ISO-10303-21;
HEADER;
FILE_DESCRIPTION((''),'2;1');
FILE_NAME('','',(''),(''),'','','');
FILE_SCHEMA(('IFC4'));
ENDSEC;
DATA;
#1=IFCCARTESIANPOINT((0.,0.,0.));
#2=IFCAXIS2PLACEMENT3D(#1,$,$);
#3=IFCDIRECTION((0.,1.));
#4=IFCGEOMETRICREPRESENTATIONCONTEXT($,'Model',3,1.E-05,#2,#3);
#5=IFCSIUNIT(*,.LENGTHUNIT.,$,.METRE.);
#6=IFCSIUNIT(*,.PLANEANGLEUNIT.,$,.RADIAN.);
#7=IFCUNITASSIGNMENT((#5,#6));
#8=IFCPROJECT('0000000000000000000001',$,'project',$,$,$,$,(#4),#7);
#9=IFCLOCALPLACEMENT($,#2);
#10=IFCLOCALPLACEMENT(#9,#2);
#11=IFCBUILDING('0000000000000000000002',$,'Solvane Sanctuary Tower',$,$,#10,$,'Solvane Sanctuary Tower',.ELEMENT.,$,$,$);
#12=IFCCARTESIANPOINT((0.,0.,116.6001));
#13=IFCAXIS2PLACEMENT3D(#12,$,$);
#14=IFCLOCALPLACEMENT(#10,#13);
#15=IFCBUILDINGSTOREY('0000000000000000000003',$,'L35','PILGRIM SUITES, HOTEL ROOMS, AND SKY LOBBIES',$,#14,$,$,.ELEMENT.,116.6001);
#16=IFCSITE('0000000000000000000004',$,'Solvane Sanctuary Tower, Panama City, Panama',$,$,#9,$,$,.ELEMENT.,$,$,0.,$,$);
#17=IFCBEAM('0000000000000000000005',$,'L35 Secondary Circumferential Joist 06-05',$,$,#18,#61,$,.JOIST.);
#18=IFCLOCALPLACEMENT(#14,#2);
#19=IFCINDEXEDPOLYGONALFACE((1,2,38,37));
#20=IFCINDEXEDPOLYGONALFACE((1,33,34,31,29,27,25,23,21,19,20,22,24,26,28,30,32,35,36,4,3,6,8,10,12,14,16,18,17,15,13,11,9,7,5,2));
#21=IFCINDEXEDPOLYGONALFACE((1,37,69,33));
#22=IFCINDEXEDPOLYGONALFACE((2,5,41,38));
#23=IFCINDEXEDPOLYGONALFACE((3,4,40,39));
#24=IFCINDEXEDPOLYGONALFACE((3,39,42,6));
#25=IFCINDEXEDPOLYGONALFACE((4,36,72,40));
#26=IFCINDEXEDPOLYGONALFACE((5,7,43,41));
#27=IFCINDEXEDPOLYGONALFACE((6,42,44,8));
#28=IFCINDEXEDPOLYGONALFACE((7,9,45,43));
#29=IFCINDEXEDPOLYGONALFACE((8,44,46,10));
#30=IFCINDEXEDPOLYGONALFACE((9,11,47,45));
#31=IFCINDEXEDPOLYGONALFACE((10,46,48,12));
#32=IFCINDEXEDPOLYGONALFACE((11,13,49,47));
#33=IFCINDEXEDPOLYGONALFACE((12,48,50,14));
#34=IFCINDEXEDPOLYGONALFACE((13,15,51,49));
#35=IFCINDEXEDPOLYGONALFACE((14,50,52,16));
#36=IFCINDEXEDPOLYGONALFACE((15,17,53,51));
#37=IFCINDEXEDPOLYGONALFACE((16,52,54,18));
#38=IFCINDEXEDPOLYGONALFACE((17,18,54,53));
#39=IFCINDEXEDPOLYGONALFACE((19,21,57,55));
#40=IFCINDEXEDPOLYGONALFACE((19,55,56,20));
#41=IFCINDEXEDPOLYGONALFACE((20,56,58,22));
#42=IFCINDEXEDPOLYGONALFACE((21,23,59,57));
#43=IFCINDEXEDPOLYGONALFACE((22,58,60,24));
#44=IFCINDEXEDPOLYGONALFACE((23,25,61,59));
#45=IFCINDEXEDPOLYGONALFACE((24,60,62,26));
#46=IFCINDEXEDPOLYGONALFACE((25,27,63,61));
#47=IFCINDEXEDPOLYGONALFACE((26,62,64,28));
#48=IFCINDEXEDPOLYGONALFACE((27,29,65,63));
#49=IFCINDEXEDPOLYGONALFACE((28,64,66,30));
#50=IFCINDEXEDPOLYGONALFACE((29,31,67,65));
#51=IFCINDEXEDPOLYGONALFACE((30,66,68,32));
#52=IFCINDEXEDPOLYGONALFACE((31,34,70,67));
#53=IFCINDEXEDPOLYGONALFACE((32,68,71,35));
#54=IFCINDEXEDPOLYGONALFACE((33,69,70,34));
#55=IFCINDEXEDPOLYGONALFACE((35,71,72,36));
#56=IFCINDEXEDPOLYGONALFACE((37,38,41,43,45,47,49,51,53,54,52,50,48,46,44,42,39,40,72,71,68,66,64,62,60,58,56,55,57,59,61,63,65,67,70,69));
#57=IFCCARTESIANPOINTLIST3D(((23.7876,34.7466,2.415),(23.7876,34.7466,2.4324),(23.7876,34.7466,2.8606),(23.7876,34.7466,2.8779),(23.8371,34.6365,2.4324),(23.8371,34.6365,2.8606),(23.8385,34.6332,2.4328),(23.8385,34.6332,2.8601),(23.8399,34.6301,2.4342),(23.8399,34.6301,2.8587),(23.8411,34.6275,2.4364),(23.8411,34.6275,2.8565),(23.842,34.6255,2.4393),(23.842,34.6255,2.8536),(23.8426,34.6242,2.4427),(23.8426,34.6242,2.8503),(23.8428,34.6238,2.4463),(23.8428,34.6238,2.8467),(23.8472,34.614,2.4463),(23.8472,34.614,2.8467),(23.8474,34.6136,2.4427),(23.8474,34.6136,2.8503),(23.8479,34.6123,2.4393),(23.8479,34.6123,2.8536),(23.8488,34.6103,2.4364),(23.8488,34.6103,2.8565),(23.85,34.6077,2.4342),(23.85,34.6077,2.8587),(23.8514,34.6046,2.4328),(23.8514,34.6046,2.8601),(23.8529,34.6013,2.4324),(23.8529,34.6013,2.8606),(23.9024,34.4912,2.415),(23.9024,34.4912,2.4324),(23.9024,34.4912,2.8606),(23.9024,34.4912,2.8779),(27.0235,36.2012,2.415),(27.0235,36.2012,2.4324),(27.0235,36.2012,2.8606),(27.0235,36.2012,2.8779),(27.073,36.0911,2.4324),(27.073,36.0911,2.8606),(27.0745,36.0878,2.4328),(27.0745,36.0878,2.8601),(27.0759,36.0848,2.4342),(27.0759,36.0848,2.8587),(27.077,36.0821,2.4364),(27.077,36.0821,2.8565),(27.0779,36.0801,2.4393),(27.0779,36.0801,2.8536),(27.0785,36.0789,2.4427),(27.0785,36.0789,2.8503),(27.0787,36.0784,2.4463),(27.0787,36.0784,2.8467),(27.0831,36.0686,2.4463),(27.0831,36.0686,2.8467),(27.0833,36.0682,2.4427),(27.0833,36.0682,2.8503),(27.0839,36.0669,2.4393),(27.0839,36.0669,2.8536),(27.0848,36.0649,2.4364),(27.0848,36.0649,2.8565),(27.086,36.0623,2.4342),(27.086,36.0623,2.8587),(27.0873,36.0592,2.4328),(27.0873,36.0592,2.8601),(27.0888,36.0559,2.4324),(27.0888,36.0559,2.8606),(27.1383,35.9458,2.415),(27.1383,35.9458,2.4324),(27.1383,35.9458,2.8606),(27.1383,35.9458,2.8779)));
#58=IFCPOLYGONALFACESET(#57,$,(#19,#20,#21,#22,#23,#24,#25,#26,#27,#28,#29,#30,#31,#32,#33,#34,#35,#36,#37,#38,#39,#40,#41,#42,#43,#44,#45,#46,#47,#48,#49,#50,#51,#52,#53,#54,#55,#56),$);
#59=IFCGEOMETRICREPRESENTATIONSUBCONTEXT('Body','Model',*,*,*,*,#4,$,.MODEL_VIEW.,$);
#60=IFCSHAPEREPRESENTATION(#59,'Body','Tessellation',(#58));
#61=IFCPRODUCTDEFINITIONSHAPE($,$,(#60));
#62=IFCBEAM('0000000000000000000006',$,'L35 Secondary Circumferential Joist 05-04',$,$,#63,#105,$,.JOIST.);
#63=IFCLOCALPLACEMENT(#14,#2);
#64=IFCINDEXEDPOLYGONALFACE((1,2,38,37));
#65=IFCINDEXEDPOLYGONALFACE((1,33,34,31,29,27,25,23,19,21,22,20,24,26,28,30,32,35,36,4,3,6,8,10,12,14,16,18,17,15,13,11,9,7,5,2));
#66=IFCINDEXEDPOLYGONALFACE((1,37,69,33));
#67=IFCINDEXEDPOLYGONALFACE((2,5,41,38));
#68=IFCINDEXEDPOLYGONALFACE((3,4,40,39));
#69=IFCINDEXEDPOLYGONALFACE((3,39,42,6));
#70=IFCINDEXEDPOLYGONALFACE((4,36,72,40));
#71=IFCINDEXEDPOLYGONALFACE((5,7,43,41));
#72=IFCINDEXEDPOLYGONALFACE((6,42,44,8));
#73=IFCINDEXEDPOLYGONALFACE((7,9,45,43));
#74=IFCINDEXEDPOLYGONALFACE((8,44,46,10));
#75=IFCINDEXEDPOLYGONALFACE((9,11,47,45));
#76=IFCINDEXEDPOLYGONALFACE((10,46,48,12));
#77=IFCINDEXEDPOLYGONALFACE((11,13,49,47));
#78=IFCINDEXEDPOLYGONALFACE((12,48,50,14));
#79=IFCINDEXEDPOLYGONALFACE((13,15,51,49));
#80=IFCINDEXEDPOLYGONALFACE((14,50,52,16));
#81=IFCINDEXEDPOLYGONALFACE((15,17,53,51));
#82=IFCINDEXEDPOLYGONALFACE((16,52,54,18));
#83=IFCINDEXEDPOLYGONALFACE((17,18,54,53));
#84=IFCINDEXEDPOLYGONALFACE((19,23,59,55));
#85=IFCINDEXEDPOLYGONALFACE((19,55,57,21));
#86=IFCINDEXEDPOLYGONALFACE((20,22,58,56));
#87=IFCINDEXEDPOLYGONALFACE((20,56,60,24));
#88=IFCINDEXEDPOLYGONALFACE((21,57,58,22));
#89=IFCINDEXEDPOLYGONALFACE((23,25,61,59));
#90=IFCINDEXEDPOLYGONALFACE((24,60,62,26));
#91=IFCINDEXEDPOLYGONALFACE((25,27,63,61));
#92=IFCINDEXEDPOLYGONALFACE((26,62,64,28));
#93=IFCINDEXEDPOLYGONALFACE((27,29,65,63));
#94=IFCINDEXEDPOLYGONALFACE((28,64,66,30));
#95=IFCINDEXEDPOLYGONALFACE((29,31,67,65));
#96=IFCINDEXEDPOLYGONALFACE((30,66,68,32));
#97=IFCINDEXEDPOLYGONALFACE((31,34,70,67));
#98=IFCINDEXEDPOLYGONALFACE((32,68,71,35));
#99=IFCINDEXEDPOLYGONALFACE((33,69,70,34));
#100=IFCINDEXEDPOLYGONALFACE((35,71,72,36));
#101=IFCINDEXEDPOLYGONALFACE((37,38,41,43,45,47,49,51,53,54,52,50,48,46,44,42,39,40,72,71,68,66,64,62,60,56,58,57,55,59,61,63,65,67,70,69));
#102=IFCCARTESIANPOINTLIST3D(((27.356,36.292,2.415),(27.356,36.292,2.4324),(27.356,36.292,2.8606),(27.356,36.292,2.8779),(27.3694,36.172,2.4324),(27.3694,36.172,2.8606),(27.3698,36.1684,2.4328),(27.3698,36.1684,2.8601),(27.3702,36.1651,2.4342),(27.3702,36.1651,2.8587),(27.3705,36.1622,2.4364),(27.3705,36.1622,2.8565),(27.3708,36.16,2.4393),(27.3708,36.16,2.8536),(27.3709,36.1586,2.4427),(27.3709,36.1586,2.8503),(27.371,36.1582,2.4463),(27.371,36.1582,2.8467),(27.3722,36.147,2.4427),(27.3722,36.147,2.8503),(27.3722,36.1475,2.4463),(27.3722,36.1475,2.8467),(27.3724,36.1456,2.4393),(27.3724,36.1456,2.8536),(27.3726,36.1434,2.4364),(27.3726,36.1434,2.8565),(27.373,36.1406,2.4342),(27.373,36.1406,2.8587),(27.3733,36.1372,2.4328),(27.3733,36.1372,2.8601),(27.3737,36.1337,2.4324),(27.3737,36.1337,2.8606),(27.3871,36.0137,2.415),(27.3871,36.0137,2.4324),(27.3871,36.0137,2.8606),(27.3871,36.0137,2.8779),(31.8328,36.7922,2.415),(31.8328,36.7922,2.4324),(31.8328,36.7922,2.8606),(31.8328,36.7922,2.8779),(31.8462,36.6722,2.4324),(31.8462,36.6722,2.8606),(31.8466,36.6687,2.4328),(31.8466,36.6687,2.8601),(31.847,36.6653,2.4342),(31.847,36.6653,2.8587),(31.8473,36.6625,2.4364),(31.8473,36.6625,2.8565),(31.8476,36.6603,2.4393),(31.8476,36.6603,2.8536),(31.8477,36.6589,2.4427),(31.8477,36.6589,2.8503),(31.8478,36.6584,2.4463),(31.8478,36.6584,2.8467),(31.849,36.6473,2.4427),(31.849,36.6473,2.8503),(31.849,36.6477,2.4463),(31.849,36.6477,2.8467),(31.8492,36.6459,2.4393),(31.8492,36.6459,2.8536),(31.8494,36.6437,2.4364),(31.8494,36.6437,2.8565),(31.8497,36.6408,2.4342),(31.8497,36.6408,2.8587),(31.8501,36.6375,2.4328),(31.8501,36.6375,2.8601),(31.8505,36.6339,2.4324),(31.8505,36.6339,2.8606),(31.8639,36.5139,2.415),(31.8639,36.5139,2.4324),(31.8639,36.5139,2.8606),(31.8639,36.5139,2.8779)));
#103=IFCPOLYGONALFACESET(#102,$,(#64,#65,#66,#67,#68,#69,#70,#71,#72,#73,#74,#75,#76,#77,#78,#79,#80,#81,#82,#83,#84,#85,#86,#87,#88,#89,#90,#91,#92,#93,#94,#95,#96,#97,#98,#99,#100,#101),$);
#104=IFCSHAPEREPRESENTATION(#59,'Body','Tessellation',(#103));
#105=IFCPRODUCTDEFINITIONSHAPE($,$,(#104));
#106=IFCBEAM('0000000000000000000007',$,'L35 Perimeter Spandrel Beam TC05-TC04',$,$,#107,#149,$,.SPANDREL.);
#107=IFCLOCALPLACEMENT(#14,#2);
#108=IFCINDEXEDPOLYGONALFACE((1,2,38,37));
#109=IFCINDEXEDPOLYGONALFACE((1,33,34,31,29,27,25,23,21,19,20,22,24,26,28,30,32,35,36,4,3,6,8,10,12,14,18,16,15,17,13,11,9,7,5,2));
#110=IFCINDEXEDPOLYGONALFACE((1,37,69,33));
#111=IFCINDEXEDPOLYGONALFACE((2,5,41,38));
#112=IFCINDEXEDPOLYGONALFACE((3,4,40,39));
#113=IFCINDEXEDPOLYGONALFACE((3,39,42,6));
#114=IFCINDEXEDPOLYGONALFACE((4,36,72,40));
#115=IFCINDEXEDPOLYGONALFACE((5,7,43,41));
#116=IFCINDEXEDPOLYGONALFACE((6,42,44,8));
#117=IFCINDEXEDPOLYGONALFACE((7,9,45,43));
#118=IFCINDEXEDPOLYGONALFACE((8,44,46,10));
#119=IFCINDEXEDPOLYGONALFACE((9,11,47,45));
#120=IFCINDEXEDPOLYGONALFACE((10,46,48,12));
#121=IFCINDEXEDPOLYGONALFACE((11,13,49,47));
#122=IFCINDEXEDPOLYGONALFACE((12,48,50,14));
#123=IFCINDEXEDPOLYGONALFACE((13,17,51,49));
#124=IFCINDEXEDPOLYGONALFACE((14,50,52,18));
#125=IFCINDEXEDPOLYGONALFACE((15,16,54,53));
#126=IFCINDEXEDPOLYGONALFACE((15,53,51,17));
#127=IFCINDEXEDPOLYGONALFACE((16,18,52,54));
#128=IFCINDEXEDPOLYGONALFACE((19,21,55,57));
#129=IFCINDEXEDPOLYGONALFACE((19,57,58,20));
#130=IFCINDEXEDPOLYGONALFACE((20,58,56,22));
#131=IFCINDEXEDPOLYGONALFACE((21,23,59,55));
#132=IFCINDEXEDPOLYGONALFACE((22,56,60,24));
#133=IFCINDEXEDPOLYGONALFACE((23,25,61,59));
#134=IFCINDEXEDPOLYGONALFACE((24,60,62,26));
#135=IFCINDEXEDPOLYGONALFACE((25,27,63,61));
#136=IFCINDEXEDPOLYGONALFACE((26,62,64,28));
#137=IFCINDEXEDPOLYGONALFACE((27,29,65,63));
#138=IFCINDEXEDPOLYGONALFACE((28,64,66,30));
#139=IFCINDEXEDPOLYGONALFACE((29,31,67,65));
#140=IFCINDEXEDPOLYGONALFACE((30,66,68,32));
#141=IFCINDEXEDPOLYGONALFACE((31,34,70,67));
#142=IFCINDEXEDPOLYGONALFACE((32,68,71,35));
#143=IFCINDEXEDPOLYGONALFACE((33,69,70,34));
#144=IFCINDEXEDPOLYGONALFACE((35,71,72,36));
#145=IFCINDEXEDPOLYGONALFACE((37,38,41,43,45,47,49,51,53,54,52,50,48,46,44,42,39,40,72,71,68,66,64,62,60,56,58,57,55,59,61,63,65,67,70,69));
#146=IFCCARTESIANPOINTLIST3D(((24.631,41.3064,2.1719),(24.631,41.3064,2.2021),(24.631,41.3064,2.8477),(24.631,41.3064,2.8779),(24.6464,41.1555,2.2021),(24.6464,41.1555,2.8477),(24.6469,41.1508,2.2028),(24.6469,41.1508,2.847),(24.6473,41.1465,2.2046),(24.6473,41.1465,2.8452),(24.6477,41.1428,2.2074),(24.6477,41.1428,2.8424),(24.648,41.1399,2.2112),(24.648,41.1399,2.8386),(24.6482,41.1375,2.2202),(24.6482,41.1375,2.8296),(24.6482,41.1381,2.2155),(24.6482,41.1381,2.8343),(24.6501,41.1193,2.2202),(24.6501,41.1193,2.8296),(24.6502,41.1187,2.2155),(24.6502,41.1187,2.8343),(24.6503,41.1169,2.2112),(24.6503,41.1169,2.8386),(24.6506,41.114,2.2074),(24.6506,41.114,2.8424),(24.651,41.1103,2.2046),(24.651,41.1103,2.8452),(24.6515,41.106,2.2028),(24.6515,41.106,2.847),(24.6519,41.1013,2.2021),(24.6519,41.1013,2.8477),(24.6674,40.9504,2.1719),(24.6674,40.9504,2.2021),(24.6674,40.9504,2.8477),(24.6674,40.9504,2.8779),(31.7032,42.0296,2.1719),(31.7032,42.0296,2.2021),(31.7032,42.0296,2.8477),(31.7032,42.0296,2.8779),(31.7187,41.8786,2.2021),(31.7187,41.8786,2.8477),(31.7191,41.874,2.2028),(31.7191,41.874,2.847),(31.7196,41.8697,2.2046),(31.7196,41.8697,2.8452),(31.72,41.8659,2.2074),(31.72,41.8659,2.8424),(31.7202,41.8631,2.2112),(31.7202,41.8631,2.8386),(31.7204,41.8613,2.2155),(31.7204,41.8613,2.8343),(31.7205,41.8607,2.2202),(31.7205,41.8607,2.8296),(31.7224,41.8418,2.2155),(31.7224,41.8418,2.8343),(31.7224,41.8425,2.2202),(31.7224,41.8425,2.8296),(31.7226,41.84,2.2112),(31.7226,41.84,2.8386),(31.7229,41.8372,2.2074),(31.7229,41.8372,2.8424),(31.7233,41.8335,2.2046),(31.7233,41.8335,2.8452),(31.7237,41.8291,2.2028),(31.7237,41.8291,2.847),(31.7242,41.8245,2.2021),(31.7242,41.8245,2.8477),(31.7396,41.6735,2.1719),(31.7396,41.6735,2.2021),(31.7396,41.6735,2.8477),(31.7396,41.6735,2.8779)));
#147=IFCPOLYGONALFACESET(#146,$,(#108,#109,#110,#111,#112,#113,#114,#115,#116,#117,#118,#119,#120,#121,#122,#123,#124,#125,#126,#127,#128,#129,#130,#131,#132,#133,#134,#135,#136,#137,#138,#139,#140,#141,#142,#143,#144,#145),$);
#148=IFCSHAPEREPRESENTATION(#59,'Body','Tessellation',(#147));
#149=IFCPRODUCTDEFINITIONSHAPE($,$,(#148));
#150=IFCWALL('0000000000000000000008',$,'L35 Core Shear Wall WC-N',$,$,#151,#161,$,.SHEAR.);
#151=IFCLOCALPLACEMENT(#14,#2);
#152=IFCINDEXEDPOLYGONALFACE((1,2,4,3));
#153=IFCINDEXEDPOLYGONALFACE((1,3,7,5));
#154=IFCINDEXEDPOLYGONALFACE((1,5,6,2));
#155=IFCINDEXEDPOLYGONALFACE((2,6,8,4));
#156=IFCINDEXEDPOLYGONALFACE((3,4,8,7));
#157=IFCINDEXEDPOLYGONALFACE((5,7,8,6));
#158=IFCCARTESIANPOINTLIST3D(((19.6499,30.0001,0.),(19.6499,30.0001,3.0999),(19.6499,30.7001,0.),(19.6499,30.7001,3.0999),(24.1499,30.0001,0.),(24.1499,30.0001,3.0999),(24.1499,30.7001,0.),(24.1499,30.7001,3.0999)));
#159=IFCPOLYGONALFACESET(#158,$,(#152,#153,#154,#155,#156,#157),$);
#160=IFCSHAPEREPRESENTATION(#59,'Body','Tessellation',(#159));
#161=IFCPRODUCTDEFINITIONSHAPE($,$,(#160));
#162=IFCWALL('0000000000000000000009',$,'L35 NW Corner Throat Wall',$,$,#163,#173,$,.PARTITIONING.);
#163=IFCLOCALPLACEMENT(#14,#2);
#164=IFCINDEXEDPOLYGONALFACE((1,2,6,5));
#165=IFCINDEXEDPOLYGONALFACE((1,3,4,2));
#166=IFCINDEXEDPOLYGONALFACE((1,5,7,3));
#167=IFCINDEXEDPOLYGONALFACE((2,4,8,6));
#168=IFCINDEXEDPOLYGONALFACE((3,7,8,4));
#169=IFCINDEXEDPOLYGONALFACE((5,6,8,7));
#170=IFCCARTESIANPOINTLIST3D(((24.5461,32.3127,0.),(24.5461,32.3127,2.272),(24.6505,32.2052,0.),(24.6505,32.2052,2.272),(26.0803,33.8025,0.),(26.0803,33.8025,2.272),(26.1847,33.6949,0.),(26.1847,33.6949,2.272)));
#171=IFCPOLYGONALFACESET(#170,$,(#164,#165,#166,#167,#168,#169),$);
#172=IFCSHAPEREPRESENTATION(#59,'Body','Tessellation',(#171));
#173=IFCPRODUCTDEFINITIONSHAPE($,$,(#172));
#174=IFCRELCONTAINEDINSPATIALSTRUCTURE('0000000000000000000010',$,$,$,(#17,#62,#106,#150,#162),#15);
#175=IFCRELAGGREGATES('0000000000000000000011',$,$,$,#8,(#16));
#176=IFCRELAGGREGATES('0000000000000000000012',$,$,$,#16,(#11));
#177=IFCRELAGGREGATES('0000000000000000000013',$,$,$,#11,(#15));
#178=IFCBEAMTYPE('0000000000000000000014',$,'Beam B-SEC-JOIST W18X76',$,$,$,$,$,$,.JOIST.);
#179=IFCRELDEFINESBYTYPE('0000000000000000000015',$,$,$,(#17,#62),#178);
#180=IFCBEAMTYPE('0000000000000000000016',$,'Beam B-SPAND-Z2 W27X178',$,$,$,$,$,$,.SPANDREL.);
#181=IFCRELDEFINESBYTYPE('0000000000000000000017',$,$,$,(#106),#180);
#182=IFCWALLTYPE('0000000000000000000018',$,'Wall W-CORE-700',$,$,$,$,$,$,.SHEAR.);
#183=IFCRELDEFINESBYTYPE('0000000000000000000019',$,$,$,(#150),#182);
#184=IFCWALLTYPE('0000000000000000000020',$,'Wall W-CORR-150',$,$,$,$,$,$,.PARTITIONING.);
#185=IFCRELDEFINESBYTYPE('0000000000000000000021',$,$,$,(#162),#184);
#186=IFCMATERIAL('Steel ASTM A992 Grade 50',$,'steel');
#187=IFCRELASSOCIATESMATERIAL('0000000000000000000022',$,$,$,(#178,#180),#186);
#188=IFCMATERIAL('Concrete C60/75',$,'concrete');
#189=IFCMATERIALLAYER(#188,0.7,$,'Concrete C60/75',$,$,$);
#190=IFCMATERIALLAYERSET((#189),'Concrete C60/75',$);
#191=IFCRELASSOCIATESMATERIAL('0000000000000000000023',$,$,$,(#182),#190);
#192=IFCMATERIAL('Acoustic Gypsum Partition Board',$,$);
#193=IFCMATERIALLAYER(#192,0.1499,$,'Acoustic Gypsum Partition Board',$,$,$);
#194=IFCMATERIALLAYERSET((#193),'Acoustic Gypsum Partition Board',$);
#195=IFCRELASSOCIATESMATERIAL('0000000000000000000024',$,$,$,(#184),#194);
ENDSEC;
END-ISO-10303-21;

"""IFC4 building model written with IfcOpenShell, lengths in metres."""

from ifc_helpers import new_model, si_unit, direction, frame, frame_2d, origin, origin_2d, place, context, subcontext, project, spatial, rectangle, i_section, extrude, material, layer, layer_set, material_profile, profile_set, type_object, element, save


model = new_model("IFC4")

# Units and contexts
model_context = context("Model", 3, precision=1e-05, world=origin(), true_north=direction((0.0, 1.0)))
body_context = subcontext(model_context, "Body", "Model", "MODEL_VIEW")
ifc_project = project(units=[si_unit("LENGTHUNIT", "METRE"), si_unit("PLANEANGLEUNIT", "RADIAN")], contexts=[model_context])

# Site, building, storey
site_placement = place(None, origin())
site = spatial("IfcSite", under=ifc_project, at=site_placement, Name="Solvane Sanctuary Tower, Panama City, Panama", CompositionType="ELEMENT", RefElevation=0.0)
building_placement = place(site_placement, origin())
building = spatial("IfcBuilding", under=site, at=building_placement, Name="Solvane Sanctuary Tower", LongName="Solvane Sanctuary Tower", CompositionType="ELEMENT")
storey_placement = place(building_placement, frame((0.0, 0.0, 116.6001)))
storey = spatial("IfcBuildingStorey", under=building, at=storey_placement, Name="L35", Description="PILGRIM SUITES, HOTEL ROOMS, AND SKY LOBBIES", CompositionType="ELEMENT", Elevation=116.6001)

# Shared definitions
ifc_material_1 = material(Name="Concrete C60/75", Category="concrete")

# Beams
ifc_material_2 = material(Name="Steel ASTM A992 Grade 50", Category="steel")
ifc_material_profile_1 = material_profile(ifc_material_2, i_section(OverallWidth=0.28, OverallDepth=0.4629, WebThickness=0.0107, FlangeThickness=0.0173, FilletRadius=0.0139, at=origin_2d()), Name="W18X76")
ifc_profile_set_1 = profile_set([ifc_material_profile_1], Name="Steel ASTM A992 Grade 50")
beam_type_1 = type_object("IfcBeamType", Name="Beam B-SEC-JOIST W18X76", PredefinedType="JOIST", material=ifc_profile_set_1)
beam_1_placement = place(storey_placement, frame((23.845, 34.6189, 2.6465), z_axis=(0.912084, 0.410004, 0.0), x_axis=(-0.410004, 0.912084, 0.0)))
element("IfcBeam", 1, at=beam_1_placement, inside=storey, type_object=beam_type_1, Name="L35 Secondary Circumferential Joist 06-05", PredefinedType="JOIST", context=body_context, shape_type="SweptSolid", body=[
    extrude(i_section(OverallWidth=0.28, OverallDepth=0.4629, WebThickness=0.0107, FlangeThickness=0.0173, FilletRadius=0.0139, at=origin_2d()), origin(), (0.0, 0.0, 1.0), 3.5479),
])
beam_2_placement = place(storey_placement, frame((27.3716, 36.1528, 2.6465), z_axis=(0.993815, 0.11105, 0.0), x_axis=(-0.11105, 0.993815, 0.0)))
element("IfcBeam", 2, at=beam_2_placement, inside=storey, type_object=beam_type_1, Name="L35 Secondary Circumferential Joist 05-04", PredefinedType="JOIST", context=body_context, shape_type="SweptSolid", body=[
    extrude(i_section(OverallWidth=0.28, OverallDepth=0.4629, WebThickness=0.0107, FlangeThickness=0.0173, FilletRadius=0.0139, at=origin_2d()), origin(), (0.0, 0.0, 1.0), 4.5046),
])
ifc_material_profile_2 = material_profile(ifc_material_2, i_section(OverallWidth=0.3579, OverallDepth=0.7061, WebThickness=0.0183, FlangeThickness=0.0303, FilletRadius=0.0181, at=origin_2d()), Name="W27X178")
ifc_profile_set_2 = profile_set([ifc_material_profile_2], Name="Steel ASTM A992 Grade 50")
beam_type_2 = type_object("IfcBeamType", Name="Beam B-SPAND-Z2 W27X178", PredefinedType="SPANDREL", material=ifc_profile_set_2)
beam_3_placement = place(storey_placement, frame((24.6492, 41.1284, 2.5249), z_axis=(0.994813, 0.10172, 0.0), x_axis=(-0.10172, 0.994813, 0.0)))
element("IfcBeam", 3, at=beam_3_placement, inside=storey, type_object=beam_type_2, Name="L35 Perimeter Spandrel Beam TC05-TC04", PredefinedType="SPANDREL", context=body_context, shape_type="SweptSolid", body=[
    extrude(i_section(OverallWidth=0.3579, OverallDepth=0.7061, WebThickness=0.0183, FlangeThickness=0.0303, FilletRadius=0.0181, at=origin_2d()), origin(), (0.0, 0.0, 1.0), 7.1091),
])

# Walls
ifc_layer_1 = layer(ifc_material_1, 0.7, Name="Concrete C60/75")
ifc_layer_set_1 = layer_set([ifc_layer_1], Name="Concrete C60/75")
wall_type_1 = type_object("IfcWallType", Name="Wall W-CORE-700", PredefinedType="SHEAR", material=ifc_layer_set_1)
wall_1_placement = place(storey_placement, frame((19.6499, 30.3501, 0.0), z_axis=(0.0, 0.0, 1.0), x_axis=(1.0, 0.0, 0.0)))
element("IfcWall", 4, at=wall_1_placement, inside=storey, type_object=wall_type_1, Name="L35 Core Shear Wall WC-N", PredefinedType="SHEAR", context=body_context, shape_type="SweptSolid", body=[
    extrude(rectangle(XDim=4.5, YDim=0.7, at=frame_2d((2.25, 0.0))), origin(), (0.0, 0.0, 1.0), 3.0999),
])
ifc_material_3 = material(Name="Acoustic Gypsum Partition Board")
ifc_layer_2 = layer(ifc_material_3, 0.1499, Name="Acoustic Gypsum Partition Board")
ifc_layer_set_2 = layer_set([ifc_layer_2], Name="Acoustic Gypsum Partition Board")
wall_type_2 = type_object("IfcWallType", Name="Wall W-CORR-150", PredefinedType="PARTITIONING", material=ifc_layer_set_2)
wall_2_placement = place(storey_placement, frame((26.1326, 33.7488, 0.0), z_axis=(0.0, 0.0, 1.0), x_axis=(-0.71742, -0.696641, 0.0)))
element("IfcWall", 5, at=wall_2_placement, inside=storey, type_object=wall_type_2, Name="L35 NW Corner Throat Wall", PredefinedType="PARTITIONING", context=body_context, shape_type="SweptSolid", body=[
    extrude(rectangle(XDim=2.1384, YDim=0.1499, at=frame_2d((1.0693, 0.0))), origin(), (0.0, 0.0, 1.0), 2.272),
])

save(model, "model.ifc")
